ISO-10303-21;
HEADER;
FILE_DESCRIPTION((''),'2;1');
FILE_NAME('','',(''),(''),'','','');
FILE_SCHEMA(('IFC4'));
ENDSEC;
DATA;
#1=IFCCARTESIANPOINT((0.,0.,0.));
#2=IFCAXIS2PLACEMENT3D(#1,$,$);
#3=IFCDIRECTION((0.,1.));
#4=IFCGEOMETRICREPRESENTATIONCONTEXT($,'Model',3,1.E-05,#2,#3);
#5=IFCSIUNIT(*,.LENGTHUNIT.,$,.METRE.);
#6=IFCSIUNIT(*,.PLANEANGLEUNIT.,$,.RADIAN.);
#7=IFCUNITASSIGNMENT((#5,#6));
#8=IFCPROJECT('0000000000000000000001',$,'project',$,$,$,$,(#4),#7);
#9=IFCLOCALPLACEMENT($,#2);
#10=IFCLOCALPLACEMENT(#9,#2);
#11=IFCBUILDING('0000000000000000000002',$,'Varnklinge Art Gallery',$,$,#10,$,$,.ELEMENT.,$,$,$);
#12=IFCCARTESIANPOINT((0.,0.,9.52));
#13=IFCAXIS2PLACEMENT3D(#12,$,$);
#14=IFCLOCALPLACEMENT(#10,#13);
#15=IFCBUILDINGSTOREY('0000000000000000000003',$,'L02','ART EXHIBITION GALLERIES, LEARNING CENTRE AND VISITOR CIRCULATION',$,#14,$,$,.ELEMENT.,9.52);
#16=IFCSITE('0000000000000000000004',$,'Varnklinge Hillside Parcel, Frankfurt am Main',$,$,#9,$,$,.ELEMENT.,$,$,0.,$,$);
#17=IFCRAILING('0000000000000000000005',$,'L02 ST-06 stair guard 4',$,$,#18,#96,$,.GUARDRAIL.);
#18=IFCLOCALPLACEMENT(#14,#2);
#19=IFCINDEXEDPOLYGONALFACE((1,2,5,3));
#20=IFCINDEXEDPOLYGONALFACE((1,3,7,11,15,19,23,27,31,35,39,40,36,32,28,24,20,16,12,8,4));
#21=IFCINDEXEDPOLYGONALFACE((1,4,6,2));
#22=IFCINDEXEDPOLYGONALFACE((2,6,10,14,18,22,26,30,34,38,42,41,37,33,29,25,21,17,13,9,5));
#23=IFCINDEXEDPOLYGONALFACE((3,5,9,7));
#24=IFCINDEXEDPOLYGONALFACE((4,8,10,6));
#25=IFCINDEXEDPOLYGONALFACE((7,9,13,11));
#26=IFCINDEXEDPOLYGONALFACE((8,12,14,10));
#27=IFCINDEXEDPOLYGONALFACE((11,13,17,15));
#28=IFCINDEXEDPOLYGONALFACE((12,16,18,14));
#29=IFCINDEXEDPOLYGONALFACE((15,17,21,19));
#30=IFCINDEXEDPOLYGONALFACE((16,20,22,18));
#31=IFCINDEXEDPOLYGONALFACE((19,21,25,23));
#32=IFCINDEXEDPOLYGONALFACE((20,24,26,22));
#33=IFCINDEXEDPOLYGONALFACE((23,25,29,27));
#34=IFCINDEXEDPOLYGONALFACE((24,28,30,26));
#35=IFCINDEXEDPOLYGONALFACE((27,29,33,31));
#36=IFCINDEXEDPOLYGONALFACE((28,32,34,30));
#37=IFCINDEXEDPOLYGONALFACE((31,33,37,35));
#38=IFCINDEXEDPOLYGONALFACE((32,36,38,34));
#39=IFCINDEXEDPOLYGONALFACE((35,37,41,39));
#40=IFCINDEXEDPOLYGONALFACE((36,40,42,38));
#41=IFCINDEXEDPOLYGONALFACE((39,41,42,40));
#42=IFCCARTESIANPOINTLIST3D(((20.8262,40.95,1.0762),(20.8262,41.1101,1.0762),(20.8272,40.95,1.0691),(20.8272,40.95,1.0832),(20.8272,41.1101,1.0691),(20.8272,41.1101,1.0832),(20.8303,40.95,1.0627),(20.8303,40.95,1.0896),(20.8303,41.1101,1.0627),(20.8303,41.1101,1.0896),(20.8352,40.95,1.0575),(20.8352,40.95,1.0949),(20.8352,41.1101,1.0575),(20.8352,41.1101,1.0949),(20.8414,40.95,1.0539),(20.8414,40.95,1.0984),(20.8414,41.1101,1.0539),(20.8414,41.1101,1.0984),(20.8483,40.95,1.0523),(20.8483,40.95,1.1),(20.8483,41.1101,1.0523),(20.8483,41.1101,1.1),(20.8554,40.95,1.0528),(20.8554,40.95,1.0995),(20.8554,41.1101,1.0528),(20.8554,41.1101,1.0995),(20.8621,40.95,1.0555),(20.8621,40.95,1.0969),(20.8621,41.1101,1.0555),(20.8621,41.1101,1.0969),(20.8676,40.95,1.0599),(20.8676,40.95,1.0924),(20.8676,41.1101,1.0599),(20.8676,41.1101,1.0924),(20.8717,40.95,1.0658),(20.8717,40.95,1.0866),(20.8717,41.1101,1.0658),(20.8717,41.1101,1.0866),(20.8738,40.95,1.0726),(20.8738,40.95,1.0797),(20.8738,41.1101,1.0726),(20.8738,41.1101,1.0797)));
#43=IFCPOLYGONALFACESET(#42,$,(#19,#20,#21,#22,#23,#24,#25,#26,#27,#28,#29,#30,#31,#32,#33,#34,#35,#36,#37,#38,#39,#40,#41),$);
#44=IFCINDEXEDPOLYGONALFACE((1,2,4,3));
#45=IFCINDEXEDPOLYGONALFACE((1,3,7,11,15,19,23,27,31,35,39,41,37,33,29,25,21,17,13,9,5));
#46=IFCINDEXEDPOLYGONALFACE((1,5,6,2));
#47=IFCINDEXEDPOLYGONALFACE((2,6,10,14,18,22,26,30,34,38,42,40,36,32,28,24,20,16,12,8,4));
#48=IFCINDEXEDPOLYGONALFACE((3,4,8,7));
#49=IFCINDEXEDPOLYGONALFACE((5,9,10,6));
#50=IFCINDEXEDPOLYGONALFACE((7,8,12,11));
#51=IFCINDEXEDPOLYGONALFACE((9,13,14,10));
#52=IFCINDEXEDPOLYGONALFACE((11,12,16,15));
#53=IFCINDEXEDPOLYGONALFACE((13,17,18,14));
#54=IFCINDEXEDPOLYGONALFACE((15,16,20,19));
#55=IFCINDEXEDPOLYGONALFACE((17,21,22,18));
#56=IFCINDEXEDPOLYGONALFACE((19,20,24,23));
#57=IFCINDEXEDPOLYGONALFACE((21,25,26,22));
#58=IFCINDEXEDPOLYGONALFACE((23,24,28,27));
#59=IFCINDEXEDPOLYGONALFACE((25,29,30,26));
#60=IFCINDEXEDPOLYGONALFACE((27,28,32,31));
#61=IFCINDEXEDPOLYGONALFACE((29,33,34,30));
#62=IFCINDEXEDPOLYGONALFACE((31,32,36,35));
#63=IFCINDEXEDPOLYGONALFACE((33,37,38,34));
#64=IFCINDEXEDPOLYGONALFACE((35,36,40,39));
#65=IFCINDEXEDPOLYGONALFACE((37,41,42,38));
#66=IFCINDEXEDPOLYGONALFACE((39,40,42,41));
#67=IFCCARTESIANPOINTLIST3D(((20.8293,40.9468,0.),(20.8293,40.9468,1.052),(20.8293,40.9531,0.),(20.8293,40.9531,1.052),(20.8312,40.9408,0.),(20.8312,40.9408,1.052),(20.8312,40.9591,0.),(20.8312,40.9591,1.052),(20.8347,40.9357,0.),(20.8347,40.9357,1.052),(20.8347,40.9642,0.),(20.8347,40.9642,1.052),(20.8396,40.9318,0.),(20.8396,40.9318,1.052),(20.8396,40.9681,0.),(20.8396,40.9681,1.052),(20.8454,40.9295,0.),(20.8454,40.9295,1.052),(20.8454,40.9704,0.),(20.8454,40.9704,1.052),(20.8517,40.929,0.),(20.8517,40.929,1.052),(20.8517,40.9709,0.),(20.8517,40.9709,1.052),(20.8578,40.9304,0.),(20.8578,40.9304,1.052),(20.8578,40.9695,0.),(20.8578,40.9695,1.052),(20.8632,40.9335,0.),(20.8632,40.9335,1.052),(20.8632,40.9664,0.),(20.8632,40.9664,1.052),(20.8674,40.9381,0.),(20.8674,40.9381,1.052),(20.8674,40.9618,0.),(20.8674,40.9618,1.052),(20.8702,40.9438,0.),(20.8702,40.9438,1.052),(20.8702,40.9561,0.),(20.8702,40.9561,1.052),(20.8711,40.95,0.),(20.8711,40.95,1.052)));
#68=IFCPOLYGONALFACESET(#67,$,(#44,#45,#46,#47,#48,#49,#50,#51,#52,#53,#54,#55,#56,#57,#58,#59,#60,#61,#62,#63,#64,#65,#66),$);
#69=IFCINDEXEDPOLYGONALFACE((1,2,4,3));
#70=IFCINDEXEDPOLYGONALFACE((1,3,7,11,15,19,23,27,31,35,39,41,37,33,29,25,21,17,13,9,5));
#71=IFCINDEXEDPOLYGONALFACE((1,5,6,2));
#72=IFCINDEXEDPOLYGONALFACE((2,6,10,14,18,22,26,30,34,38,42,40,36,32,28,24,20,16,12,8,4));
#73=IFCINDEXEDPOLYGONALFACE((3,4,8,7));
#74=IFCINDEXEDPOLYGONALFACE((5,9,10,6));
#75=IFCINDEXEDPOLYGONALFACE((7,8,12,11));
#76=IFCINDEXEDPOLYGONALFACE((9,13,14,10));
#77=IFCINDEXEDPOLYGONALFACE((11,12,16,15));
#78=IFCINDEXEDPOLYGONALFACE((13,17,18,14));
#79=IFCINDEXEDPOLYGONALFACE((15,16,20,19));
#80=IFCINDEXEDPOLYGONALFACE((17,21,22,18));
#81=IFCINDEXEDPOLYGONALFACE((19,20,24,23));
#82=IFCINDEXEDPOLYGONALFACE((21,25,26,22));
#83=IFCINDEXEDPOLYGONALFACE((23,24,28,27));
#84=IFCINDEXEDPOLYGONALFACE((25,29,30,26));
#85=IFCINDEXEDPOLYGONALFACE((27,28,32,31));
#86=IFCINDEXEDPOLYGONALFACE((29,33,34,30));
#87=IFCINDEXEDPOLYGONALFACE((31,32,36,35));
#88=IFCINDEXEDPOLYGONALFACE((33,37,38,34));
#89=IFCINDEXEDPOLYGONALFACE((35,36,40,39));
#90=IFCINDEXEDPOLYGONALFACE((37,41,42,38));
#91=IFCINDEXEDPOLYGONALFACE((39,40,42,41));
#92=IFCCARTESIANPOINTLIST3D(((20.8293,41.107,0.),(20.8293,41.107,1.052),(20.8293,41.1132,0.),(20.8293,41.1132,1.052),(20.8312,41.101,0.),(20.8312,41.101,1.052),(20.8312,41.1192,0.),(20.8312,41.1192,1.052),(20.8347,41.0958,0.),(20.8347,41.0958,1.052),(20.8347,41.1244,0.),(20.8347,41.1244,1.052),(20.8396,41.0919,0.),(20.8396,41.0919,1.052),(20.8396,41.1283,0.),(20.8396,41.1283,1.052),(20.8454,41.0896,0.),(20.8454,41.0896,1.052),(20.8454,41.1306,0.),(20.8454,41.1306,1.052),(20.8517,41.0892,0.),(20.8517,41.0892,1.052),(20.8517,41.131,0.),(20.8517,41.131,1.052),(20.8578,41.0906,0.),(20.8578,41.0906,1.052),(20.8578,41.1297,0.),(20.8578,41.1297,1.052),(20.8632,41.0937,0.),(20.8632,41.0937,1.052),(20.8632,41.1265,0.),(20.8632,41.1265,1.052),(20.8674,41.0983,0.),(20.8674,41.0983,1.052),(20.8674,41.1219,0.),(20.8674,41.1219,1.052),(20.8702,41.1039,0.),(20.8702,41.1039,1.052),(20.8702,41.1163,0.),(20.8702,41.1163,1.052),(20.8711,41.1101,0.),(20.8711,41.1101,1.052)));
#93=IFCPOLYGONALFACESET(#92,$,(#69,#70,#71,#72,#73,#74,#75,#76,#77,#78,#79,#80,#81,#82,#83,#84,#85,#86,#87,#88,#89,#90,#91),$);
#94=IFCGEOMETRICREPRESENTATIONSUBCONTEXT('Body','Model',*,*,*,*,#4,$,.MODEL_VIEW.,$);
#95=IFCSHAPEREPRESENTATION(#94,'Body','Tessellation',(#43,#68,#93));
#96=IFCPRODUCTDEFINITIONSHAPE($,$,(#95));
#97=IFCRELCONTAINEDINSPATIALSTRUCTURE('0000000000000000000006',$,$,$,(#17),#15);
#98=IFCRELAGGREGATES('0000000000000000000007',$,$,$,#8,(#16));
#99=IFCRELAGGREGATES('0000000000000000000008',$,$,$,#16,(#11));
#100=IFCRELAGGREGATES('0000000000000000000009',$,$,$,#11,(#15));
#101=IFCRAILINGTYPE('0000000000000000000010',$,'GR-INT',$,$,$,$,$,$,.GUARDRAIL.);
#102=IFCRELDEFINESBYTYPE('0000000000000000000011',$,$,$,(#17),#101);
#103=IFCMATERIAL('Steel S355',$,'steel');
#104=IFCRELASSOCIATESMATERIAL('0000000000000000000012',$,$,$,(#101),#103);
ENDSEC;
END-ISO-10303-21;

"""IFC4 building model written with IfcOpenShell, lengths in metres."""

from ifc_helpers import new_model, si_unit, direction, frame, origin, origin_2d, place, context, subcontext, project, spatial, circle, extrude, material, type_object, element, save


model = new_model("IFC4")

# Units and contexts
model_context = context("Model", 3, precision=1e-05, world=origin(), true_north=direction((0.0, 1.0)))
body_context = subcontext(model_context, "Body", "Model", "MODEL_VIEW")
ifc_project = project(units=[si_unit("LENGTHUNIT", "METRE"), si_unit("PLANEANGLEUNIT", "RADIAN")], contexts=[model_context])

# Site, building, storey
site_placement = place(None, origin())
site = spatial("IfcSite", under=ifc_project, at=site_placement, Name="Varnklinge Hillside Parcel, Frankfurt am Main", CompositionType="ELEMENT", RefElevation=0.0)
building_placement = place(site_placement, origin())
building = spatial("IfcBuilding", under=site, at=building_placement, Name="Varnklinge Art Gallery", CompositionType="ELEMENT")
storey_placement = place(building_placement, frame((0.0, 0.0, 9.52)))
storey = spatial("IfcBuildingStorey", under=building, at=storey_placement, Name="L02", Description="ART EXHIBITION GALLERIES, LEARNING CENTRE AND VISITOR CIRCULATION", CompositionType="ELEMENT", Elevation=9.52)

# Railing
ifc_material_1 = material(Name="Steel S355", Category="steel")
railing_type_1 = type_object("IfcRailingType", Name="GR-INT", PredefinedType="GUARDRAIL", material=ifc_material_1)
railing_1_placement = place(storey_placement, frame((20.8501, 40.95, 0.0)))
element("IfcRailing", 1, at=railing_1_placement, inside=storey, type_object=railing_type_1, Name="L02 ST-06 stair guard 4", PredefinedType="GUARDRAIL", context=body_context, shape_type="SweptSolid", body=[
    extrude(circle(Radius=0.0239, at=origin_2d()), frame((0.0, 0.0, 1.0762), z_axis=(0.0, 1.0, 0.0), x_axis=(-1.0, 0.0, 0.0)), (0.0, 0.0, 1.0), 0.1602),
    extrude(circle(Radius=0.021, at=origin_2d()), origin(), (0.0, 0.0, 1.0), 1.052),
    extrude(circle(Radius=0.021, at=origin_2d()), frame((0.0, 0.1602, 0.0)), (0.0, 0.0, 1.0), 1.052),
])

save(model, "model.ifc")
